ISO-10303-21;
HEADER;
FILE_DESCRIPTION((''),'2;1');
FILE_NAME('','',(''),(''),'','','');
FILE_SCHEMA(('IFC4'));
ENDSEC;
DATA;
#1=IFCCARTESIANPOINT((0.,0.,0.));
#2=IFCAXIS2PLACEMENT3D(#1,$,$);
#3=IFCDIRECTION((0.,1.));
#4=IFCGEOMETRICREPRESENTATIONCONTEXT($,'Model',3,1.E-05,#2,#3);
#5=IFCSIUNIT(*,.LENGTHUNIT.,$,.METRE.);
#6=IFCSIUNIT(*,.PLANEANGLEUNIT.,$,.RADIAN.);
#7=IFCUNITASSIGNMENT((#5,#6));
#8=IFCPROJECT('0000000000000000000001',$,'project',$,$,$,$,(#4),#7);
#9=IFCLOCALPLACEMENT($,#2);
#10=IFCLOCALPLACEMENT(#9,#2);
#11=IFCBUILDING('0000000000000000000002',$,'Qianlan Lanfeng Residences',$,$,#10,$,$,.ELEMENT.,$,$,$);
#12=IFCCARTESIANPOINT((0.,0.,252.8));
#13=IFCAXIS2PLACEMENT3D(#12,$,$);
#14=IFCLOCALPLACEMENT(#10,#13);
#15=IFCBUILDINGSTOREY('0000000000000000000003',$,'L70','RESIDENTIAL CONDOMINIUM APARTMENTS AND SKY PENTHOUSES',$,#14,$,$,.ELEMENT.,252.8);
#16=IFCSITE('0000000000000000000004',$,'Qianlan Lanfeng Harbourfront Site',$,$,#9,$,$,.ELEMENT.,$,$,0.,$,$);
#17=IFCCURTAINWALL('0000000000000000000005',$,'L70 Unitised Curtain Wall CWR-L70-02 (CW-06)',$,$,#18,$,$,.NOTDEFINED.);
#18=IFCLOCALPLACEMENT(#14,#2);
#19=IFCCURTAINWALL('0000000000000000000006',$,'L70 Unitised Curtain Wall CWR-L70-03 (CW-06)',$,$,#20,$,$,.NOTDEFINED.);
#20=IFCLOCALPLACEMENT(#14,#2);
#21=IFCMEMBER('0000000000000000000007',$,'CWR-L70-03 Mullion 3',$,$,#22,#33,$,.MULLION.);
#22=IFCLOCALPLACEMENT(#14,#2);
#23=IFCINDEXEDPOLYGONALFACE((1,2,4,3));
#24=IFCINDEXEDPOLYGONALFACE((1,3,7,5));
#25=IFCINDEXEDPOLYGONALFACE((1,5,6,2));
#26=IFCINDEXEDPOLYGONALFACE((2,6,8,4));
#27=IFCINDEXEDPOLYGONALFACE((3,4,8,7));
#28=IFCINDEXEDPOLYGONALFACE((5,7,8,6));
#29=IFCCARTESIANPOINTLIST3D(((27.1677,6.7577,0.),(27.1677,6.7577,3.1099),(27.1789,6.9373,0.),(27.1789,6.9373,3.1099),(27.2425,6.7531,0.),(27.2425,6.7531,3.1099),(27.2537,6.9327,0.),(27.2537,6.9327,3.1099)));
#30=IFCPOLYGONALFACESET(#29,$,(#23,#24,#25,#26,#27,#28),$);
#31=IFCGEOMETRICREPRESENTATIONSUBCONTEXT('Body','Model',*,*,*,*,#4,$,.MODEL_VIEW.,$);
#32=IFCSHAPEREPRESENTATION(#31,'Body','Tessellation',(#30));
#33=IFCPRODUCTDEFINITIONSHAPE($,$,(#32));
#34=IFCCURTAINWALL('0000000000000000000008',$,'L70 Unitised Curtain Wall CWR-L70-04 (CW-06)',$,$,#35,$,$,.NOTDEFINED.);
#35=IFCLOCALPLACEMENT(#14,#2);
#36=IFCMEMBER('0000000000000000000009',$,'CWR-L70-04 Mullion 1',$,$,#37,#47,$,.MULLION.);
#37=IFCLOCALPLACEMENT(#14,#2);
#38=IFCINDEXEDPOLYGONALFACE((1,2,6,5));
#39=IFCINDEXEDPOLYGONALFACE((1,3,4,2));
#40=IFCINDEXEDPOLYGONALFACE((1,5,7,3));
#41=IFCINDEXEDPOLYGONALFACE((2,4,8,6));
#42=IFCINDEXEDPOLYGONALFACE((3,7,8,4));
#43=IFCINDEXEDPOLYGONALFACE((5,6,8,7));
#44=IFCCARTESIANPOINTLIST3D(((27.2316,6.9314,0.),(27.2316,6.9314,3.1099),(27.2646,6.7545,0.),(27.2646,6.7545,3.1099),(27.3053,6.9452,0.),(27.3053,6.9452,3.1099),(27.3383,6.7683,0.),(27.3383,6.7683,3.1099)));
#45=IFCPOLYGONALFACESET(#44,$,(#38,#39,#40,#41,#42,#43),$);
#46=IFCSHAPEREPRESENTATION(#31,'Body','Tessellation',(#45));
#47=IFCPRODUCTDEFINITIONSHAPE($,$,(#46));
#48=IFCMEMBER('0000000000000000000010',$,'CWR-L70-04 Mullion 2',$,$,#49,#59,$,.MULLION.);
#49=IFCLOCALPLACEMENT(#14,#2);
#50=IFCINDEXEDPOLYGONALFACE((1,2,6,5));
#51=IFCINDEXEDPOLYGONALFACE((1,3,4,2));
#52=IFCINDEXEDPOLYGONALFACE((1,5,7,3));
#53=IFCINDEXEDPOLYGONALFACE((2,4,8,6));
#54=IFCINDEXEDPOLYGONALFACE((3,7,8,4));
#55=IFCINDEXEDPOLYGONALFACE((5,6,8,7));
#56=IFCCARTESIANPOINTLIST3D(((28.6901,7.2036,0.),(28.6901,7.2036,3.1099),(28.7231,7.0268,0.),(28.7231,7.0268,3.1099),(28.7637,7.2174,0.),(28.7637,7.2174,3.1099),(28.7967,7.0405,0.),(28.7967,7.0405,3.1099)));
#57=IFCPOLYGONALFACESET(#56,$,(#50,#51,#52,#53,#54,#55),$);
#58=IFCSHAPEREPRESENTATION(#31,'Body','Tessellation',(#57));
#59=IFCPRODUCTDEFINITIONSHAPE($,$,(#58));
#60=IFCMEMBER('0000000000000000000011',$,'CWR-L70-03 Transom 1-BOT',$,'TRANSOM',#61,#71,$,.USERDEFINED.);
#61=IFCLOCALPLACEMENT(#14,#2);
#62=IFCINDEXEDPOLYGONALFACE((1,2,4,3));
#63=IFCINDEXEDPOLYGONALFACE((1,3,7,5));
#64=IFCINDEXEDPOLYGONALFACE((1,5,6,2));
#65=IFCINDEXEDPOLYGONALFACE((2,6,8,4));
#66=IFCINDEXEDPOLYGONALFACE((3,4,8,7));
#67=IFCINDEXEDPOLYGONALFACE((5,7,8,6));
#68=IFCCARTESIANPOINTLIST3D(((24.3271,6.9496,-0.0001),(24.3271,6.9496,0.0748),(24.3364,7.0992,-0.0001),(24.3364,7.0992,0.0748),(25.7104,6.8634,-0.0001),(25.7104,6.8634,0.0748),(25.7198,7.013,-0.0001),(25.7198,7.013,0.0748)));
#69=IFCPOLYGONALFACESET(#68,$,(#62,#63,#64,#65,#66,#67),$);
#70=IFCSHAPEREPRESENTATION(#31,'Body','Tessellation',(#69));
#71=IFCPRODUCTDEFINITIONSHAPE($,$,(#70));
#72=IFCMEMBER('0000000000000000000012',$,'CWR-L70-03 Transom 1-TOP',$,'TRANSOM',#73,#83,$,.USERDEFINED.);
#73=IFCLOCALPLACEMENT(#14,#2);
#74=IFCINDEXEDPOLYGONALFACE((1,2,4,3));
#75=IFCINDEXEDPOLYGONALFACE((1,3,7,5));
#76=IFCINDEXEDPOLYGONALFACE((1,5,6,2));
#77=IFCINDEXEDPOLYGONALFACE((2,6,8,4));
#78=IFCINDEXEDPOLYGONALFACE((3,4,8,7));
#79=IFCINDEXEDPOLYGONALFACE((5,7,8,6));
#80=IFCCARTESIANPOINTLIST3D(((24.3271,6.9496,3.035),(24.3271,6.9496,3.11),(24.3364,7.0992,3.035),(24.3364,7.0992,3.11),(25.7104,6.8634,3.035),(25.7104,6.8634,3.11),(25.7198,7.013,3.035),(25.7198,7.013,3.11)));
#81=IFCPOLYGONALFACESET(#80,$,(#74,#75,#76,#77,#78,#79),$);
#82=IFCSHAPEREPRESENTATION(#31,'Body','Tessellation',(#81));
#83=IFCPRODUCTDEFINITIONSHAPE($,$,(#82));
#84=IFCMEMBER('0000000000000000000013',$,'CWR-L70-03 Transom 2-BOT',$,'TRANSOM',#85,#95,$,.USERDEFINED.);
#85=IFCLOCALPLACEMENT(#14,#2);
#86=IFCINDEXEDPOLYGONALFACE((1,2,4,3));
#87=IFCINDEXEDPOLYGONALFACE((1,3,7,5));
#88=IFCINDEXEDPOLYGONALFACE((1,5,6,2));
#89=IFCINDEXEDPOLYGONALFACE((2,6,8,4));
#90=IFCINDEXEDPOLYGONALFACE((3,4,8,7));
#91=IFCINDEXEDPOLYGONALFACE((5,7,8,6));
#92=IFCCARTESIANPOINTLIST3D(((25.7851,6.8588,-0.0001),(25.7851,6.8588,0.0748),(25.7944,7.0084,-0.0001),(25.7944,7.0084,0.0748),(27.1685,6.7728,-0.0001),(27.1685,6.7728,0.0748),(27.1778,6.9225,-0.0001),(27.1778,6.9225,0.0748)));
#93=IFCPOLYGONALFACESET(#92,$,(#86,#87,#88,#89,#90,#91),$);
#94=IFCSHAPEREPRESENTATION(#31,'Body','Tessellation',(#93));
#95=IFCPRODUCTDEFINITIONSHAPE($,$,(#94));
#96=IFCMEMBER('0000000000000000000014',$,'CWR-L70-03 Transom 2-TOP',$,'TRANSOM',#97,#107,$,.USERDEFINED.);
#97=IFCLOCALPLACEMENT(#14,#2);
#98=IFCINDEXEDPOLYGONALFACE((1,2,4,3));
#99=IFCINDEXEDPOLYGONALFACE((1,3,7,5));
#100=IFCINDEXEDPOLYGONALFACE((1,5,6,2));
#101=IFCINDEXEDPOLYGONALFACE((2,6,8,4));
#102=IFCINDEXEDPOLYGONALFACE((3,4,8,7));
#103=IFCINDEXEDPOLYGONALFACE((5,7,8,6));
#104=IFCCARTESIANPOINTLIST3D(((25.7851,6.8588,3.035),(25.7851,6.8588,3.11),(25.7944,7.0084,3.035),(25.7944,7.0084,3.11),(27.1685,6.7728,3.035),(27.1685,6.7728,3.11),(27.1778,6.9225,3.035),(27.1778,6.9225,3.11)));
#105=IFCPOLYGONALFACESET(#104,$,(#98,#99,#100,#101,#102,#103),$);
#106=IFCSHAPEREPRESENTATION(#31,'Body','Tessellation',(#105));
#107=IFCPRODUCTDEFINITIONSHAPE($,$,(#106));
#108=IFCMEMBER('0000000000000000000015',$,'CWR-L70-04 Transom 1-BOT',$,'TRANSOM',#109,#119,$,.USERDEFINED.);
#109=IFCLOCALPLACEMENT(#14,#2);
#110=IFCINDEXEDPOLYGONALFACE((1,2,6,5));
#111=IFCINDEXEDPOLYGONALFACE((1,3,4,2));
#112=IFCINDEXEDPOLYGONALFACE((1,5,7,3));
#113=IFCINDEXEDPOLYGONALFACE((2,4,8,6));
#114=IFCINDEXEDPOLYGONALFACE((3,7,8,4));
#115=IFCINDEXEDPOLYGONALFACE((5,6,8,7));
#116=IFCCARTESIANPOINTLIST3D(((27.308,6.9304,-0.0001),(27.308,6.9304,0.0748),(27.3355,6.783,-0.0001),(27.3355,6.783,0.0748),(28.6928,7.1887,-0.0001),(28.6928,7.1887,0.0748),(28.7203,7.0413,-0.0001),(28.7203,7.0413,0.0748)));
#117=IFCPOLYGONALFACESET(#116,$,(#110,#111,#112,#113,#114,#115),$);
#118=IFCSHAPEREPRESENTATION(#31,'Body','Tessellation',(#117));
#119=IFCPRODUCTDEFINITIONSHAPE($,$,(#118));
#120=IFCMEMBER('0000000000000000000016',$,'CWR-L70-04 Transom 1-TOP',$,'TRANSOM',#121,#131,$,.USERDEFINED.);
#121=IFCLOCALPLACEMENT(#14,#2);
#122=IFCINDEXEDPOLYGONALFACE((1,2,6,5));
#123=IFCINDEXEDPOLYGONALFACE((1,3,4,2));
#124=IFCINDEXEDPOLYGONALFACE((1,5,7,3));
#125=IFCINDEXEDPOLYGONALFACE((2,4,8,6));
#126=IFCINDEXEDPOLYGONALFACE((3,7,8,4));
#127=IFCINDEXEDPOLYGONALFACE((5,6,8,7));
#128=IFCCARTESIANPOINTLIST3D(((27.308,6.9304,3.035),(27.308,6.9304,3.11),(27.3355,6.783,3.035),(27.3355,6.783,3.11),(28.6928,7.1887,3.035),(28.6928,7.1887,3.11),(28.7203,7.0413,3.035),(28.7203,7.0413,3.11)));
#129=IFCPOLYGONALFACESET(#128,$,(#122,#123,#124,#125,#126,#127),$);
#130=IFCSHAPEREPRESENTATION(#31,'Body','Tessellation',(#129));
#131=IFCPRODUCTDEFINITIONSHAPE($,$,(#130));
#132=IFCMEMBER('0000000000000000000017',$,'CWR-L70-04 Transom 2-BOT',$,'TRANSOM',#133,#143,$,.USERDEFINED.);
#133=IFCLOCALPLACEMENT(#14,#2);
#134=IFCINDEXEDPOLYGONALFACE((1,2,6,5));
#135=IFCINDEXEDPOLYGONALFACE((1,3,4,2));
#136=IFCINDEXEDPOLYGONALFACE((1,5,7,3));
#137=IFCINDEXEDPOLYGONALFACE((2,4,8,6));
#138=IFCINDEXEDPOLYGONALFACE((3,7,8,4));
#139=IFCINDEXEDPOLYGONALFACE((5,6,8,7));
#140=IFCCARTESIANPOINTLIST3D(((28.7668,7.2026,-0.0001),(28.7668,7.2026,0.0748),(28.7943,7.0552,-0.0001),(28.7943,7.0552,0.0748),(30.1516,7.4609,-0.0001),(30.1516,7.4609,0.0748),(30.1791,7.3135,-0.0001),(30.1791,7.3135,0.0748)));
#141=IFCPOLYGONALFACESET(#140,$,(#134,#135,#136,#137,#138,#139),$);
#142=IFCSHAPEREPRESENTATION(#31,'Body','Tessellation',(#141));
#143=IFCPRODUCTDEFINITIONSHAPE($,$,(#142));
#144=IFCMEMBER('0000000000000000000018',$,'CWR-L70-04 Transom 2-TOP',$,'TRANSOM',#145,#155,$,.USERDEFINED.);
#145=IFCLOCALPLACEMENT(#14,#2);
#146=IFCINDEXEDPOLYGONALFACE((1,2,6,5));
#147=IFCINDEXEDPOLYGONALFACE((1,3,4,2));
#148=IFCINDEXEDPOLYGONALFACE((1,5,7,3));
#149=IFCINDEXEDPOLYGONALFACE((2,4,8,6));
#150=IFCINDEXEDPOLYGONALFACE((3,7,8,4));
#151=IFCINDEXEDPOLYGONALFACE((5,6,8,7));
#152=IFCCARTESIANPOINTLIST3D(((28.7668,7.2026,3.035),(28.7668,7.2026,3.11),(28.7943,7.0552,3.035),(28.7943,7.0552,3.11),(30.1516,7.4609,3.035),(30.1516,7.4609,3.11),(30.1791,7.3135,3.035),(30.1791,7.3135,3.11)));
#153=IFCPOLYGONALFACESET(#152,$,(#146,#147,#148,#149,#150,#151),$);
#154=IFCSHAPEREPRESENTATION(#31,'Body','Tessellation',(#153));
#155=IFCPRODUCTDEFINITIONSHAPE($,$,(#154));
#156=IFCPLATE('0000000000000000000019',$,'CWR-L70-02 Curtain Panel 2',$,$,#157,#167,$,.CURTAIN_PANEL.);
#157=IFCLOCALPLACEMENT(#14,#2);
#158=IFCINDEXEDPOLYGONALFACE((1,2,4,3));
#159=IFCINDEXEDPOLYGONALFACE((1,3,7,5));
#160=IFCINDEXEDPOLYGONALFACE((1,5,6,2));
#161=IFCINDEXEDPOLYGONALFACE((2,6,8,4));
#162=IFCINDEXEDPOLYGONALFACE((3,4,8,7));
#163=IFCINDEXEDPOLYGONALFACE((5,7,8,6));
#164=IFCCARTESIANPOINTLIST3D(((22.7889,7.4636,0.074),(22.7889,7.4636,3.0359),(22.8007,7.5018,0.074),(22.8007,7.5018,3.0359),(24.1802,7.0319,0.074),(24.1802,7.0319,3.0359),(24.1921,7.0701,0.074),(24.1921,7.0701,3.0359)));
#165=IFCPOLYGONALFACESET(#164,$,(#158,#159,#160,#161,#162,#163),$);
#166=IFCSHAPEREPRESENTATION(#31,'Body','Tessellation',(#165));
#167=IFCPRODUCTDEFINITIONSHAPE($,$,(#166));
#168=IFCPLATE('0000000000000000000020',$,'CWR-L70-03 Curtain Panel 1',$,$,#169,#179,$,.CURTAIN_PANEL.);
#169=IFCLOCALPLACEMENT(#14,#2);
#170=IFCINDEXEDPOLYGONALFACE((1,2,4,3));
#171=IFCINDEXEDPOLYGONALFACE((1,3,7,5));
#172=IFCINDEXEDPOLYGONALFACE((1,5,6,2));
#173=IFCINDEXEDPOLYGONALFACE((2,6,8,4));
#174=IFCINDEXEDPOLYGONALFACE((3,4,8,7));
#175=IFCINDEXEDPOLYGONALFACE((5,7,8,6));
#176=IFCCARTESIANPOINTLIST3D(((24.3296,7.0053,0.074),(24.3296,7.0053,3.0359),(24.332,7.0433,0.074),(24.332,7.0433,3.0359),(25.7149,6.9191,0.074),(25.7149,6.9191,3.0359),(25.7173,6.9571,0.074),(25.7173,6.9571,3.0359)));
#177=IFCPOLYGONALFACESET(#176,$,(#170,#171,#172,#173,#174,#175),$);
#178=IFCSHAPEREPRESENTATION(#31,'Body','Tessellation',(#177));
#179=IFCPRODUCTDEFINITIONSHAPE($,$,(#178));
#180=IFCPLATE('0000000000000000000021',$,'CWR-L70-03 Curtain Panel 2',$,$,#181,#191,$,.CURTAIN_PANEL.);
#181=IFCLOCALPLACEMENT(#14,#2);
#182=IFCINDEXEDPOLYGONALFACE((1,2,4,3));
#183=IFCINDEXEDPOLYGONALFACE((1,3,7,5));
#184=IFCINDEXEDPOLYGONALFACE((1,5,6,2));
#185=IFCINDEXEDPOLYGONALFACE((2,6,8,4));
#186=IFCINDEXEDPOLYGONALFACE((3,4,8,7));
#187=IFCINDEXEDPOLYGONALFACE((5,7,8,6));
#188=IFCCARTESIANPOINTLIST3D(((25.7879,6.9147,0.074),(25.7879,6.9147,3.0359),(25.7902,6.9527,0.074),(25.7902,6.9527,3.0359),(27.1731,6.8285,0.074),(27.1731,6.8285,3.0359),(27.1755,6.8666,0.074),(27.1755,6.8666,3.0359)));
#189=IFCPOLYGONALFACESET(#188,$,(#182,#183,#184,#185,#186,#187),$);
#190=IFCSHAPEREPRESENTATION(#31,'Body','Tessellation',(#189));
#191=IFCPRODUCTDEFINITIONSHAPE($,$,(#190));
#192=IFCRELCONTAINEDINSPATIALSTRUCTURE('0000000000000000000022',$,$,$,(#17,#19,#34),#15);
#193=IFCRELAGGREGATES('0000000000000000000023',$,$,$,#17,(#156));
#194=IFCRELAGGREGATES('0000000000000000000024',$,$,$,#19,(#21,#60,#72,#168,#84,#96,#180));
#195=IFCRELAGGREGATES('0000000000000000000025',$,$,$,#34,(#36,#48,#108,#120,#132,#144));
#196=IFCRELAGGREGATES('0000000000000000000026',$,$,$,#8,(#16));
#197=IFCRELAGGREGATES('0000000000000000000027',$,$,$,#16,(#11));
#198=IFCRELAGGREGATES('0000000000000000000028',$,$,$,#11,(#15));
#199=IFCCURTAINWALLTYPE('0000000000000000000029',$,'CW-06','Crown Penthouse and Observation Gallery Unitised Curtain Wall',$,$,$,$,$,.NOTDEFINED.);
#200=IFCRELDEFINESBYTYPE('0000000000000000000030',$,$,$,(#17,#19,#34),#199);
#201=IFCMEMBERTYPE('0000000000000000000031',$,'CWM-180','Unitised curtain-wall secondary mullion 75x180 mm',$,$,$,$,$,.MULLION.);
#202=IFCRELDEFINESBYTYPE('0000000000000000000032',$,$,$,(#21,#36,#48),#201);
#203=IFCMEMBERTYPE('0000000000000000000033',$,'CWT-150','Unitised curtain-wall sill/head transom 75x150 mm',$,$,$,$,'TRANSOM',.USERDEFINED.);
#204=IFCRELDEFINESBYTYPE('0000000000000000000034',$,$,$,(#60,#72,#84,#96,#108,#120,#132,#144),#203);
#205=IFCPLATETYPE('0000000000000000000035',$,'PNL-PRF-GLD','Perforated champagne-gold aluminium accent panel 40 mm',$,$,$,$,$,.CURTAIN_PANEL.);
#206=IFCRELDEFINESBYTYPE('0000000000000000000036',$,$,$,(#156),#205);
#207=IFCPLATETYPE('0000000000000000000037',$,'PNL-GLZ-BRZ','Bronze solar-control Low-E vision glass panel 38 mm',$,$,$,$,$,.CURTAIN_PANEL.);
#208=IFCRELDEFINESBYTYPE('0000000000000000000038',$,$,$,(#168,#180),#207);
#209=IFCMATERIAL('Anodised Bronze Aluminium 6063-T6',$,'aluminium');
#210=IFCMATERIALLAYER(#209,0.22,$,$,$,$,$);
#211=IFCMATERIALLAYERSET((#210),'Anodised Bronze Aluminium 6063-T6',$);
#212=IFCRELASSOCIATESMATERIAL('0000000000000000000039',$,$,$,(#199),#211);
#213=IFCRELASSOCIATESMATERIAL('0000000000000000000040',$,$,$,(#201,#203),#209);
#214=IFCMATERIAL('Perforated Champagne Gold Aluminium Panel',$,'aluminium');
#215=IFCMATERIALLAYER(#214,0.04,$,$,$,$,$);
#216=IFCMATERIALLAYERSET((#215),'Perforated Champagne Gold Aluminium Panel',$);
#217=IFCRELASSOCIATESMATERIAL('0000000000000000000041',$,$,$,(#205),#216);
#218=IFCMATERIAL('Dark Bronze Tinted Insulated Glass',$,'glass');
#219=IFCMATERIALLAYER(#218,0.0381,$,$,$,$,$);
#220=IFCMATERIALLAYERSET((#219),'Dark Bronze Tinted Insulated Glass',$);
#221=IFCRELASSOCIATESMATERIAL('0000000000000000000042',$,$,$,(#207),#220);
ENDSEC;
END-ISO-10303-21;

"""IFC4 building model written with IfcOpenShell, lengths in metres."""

from ifc_helpers import new_model, si_unit, direction, frame, origin, origin_2d, place, context, subcontext, project, spatial, rectangle, extrude, source, transform, mapped, material, layer, layer_set, material_profile, profile_set, type_object, element, aggregate, save


model = new_model("IFC4")

# Units and contexts
model_context = context("Model", 3, precision=1e-05, world=origin(), true_north=direction((0.0, 1.0)))
body_context = subcontext(model_context, "Body", "Model", "MODEL_VIEW")
ifc_project = project(units=[si_unit("LENGTHUNIT", "METRE"), si_unit("PLANEANGLEUNIT", "RADIAN")], contexts=[model_context])

# Site, building, storey
site_placement = place(None, origin())
site = spatial("IfcSite", under=ifc_project, at=site_placement, Name="Qianlan Lanfeng Harbourfront Site", CompositionType="ELEMENT", RefElevation=0.0)
building_placement = place(site_placement, origin())
building = spatial("IfcBuilding", under=site, at=building_placement, Name="Qianlan Lanfeng Residences", CompositionType="ELEMENT")
storey_placement = place(building_placement, frame((0.0, 0.0, 252.8)))
storey = spatial("IfcBuildingStorey", under=building, at=storey_placement, Name="L70", Description="RESIDENTIAL CONDOMINIUM APARTMENTS AND SKY PENTHOUSES", CompositionType="ELEMENT", Elevation=252.8)

# Curtain wall
ifc_material_1 = material(Name="Anodised Bronze Aluminium 6063-T6", Category="aluminium")
ifc_layer_1 = layer(ifc_material_1, 0.22)
ifc_layer_set_1 = layer_set([ifc_layer_1], Name="Anodised Bronze Aluminium 6063-T6")
curtain_wall_type = type_object("IfcCurtainWallType", Name="CW-06", Description="Crown Penthouse and Observation Gallery Unitised Curtain Wall", PredefinedType="NOTDEFINED", material=ifc_layer_set_1)
curtain_wall_1_placement = place(storey_placement, origin())
curtain_wall_1 = element("IfcCurtainWall", 1, at=curtain_wall_1_placement, inside=storey, type_object=curtain_wall_type, Name="L70 Unitised Curtain Wall CWR-L70-02 (CW-06)", PredefinedType="NOTDEFINED")
ifc_material_profile_1 = material_profile(ifc_material_1, rectangle(XDim=0.075, YDim=0.1799, at=origin_2d()), Name="ALU MULLION 75x180")
ifc_profile_set_1 = profile_set([ifc_material_profile_1], Name="Anodised Bronze Aluminium 6063-T6")
member_type_1 = type_object("IfcMemberType", Name="CWM-180", Description="Unitised curtain-wall secondary mullion 75x180 mm", PredefinedType="MULLION", material=ifc_profile_set_1)
shared_shape_1 = source(origin(), body_context, "Body", "SweptSolid", [
    extrude(rectangle(XDim=0.075, YDim=0.1799, at=origin_2d()), origin(), (0.0, 0.0, 1.0), 3.1099),
])

# Curtain walls, members
curtain_wall_2_placement = place(storey_placement, origin())
curtain_wall_2 = element("IfcCurtainWall", 2, at=curtain_wall_2_placement, inside=storey, type_object=curtain_wall_type, Name="L70 Unitised Curtain Wall CWR-L70-03 (CW-06)", PredefinedType="NOTDEFINED")
member_1_placement = place(storey_placement, frame((27.2107, 6.8452, 0.0), z_axis=(0.0, 0.0, 1.0), x_axis=(0.998072, -0.062066, 0.0)))
member_1 = element("IfcMember", 3, at=member_1_placement, type_object=member_type_1, Name="CWR-L70-03 Mullion 3", PredefinedType="MULLION", context=body_context, shape_type="MappedRepresentation", body=[
    mapped(shared_shape_1, transform((0.0, 0.0, 0.0), scale=1.0)),
])
curtain_wall_3_placement = place(storey_placement, origin())
curtain_wall_3 = element("IfcCurtainWall", 4, at=curtain_wall_3_placement, inside=storey, type_object=curtain_wall_type, Name="L70 Unitised Curtain Wall CWR-L70-04 (CW-06)", PredefinedType="NOTDEFINED")
member_2_placement = place(storey_placement, frame((27.2849, 6.8499, 0.0), z_axis=(0.0, 0.0, 1.0), x_axis=(0.983039, 0.183395, 0.0)))
member_2 = element("IfcMember", 5, at=member_2_placement, type_object=member_type_1, Name="CWR-L70-04 Mullion 1", PredefinedType="MULLION", context=body_context, shape_type="MappedRepresentation", body=[
    mapped(shared_shape_1, transform((0.0, 0.0, 0.0), scale=1.0)),
])
member_3_placement = place(storey_placement, frame((28.7434, 7.1221, 0.0), z_axis=(0.0, 0.0, 1.0), x_axis=(0.983039, 0.183395, 0.0)))
member_3 = element("IfcMember", 6, at=member_3_placement, type_object=member_type_1, Name="CWR-L70-04 Mullion 2", PredefinedType="MULLION", context=body_context, shape_type="MappedRepresentation", body=[
    mapped(shared_shape_1, transform((0.0, 0.0, 0.0), scale=1.0)),
])

# Members
ifc_material_profile_2 = material_profile(ifc_material_1, rectangle(XDim=0.075, YDim=0.1499, at=origin_2d()), Name="ALU TRANSOM 75x150")
ifc_profile_set_2 = profile_set([ifc_material_profile_2], Name="Anodised Bronze Aluminium 6063-T6")
member_type_2 = type_object("IfcMemberType", Name="CWT-150", Description="Unitised curtain-wall sill/head transom 75x150 mm", ElementType="TRANSOM", PredefinedType="USERDEFINED", material=ifc_profile_set_2)
shared_shape_2 = source(origin(), body_context, "Body", "SweptSolid", [
    extrude(rectangle(XDim=0.075, YDim=0.1499, at=origin_2d()), origin(), (0.0, 0.0, 1.0), 1.386),
])
member_4_placement = place(storey_placement, frame((24.3318, 7.0244, 0.0374), z_axis=(0.998065, -0.062181, 0.0), x_axis=(0.0, 0.0, 1.0)))
member_4 = element("IfcMember", 7, at=member_4_placement, type_object=member_type_2, Name="CWR-L70-03 Transom 1-BOT", ObjectType="TRANSOM", PredefinedType="USERDEFINED", context=body_context, shape_type="MappedRepresentation", body=[
    mapped(shared_shape_2, transform((0.0, 0.0, 0.0), scale=1.0)),
])
member_5_placement = place(storey_placement, frame((24.3318, 7.0244, 3.0725), z_axis=(0.998065, -0.062181, 0.0), x_axis=(0.0, 0.0, 1.0)))
member_5 = element("IfcMember", 8, at=member_5_placement, type_object=member_type_2, Name="CWR-L70-03 Transom 1-TOP", ObjectType="TRANSOM", PredefinedType="USERDEFINED", context=body_context, shape_type="MappedRepresentation", body=[
    mapped(shared_shape_2, transform((0.0, 0.0, 0.0), scale=1.0)),
])
member_6_placement = place(storey_placement, frame((25.7898, 6.9336, 0.0374), z_axis=(0.998076, -0.062005, 0.0), x_axis=(0.0, 0.0, 1.0)))
member_6 = element("IfcMember", 9, at=member_6_placement, type_object=member_type_2, Name="CWR-L70-03 Transom 2-BOT", ObjectType="TRANSOM", PredefinedType="USERDEFINED", context=body_context, shape_type="MappedRepresentation", body=[
    mapped(shared_shape_2, transform((0.0, 0.0, 0.0), scale=1.0)),
])
member_7_placement = place(storey_placement, frame((25.7898, 6.9336, 3.0725), z_axis=(0.998076, -0.062005, 0.0), x_axis=(0.0, 0.0, 1.0)))
member_7 = element("IfcMember", 10, at=member_7_placement, type_object=member_type_2, Name="CWR-L70-03 Transom 2-TOP", ObjectType="TRANSOM", PredefinedType="USERDEFINED", context=body_context, shape_type="MappedRepresentation", body=[
    mapped(shared_shape_2, transform((0.0, 0.0, 0.0), scale=1.0)),
])
shared_shape_3 = source(origin(), body_context, "Body", "SweptSolid", [
    extrude(rectangle(XDim=0.075, YDim=0.1499, at=origin_2d()), origin(), (0.0, 0.0, 1.0), 1.4087),
])
member_8_placement = place(storey_placement, frame((27.3218, 6.8567, 0.0374), z_axis=(0.983044, 0.183368, 0.0), x_axis=(0.0, 0.0, 1.0)))
member_8 = element("IfcMember", 11, at=member_8_placement, type_object=member_type_2, Name="CWR-L70-04 Transom 1-BOT", ObjectType="TRANSOM", PredefinedType="USERDEFINED", context=body_context, shape_type="MappedRepresentation", body=[
    mapped(shared_shape_3, transform((0.0, 0.0, 0.0), scale=1.0)),
])
member_9_placement = place(storey_placement, frame((27.3218, 6.8567, 3.0725), z_axis=(0.983044, 0.183368, 0.0), x_axis=(0.0, 0.0, 1.0)))
member_9 = element("IfcMember", 12, at=member_9_placement, type_object=member_type_2, Name="CWR-L70-04 Transom 1-TOP", ObjectType="TRANSOM", PredefinedType="USERDEFINED", context=body_context, shape_type="MappedRepresentation", body=[
    mapped(shared_shape_3, transform((0.0, 0.0, 0.0), scale=1.0)),
])
member_10_placement = place(storey_placement, frame((28.7805, 7.1289, 0.0374), z_axis=(0.983044, 0.183368, 0.0), x_axis=(0.0, 0.0, 1.0)))
member_10 = element("IfcMember", 13, at=member_10_placement, type_object=member_type_2, Name="CWR-L70-04 Transom 2-BOT", ObjectType="TRANSOM", PredefinedType="USERDEFINED", context=body_context, shape_type="MappedRepresentation", body=[
    mapped(shared_shape_3, transform((0.0, 0.0, 0.0), scale=1.0)),
])
member_11_placement = place(storey_placement, frame((28.7805, 7.1289, 3.0725), z_axis=(0.983044, 0.183368, 0.0), x_axis=(0.0, 0.0, 1.0)))
member_11 = element("IfcMember", 14, at=member_11_placement, type_object=member_type_2, Name="CWR-L70-04 Transom 2-TOP", ObjectType="TRANSOM", PredefinedType="USERDEFINED", context=body_context, shape_type="MappedRepresentation", body=[
    mapped(shared_shape_3, transform((0.0, 0.0, 0.0), scale=1.0)),
])

# Plates
ifc_material_2 = material(Name="Perforated Champagne Gold Aluminium Panel", Category="aluminium")
ifc_layer_2 = layer(ifc_material_2, 0.04)
ifc_layer_set_2 = layer_set([ifc_layer_2], Name="Perforated Champagne Gold Aluminium Panel")
plate_type_1 = type_object("IfcPlateType", Name="PNL-PRF-GLD", Description="Perforated champagne-gold aluminium accent panel 40 mm", PredefinedType="CURTAIN_PANEL", material=ifc_layer_set_2)
shared_shape_4 = source(origin(), body_context, "Body", "SweptSolid", [
    extrude(rectangle(XDim=1.4568, YDim=0.04, at=origin_2d()), origin(), (0.0, 0.0, 1.0), 2.9619),
])
plate_1_placement = place(storey_placement, frame((23.4905, 7.2668, 0.074), z_axis=(0.0, 0.0, 1.0), x_axis=(0.95508, -0.296348, 0.0)))
plate_1 = element("IfcPlate", 15, at=plate_1_placement, type_object=plate_type_1, Name="CWR-L70-02 Curtain Panel 2", PredefinedType="CURTAIN_PANEL", context=body_context, shape_type="MappedRepresentation", body=[
    mapped(shared_shape_4, transform((0.0, 0.0, 0.0), scale=1.0)),
])
aggregate(curtain_wall_1, [plate_1])
ifc_material_3 = material(Name="Dark Bronze Tinted Insulated Glass", Category="glass")
ifc_layer_3 = layer(ifc_material_3, 0.0381)
ifc_layer_set_3 = layer_set([ifc_layer_3], Name="Dark Bronze Tinted Insulated Glass")
plate_type_2 = type_object("IfcPlateType", Name="PNL-GLZ-BRZ", Description="Bronze solar-control Low-E vision glass panel 38 mm", PredefinedType="CURTAIN_PANEL", material=ifc_layer_set_3)
shared_shape_5 = source(origin(), body_context, "Body", "SweptSolid", [
    extrude(rectangle(XDim=1.3879, YDim=0.0381, at=origin_2d()), origin(), (0.0, 0.0, 1.0), 2.9619),
])
plate_2_placement = place(storey_placement, frame((25.0234, 6.9812, 0.074), z_axis=(0.0, 0.0, 1.0), x_axis=(0.998072, -0.062066, 0.0)))
plate_2 = element("IfcPlate", 16, at=plate_2_placement, type_object=plate_type_2, Name="CWR-L70-03 Curtain Panel 1", PredefinedType="CURTAIN_PANEL", context=body_context, shape_type="MappedRepresentation", body=[
    mapped(shared_shape_5, transform((0.0, 0.0, 0.0), scale=1.0)),
])
plate_3_placement = place(storey_placement, frame((26.4817, 6.8906, 0.074), z_axis=(0.0, 0.0, 1.0), x_axis=(0.998072, -0.062066, 0.0)))
plate_3 = element("IfcPlate", 17, at=plate_3_placement, type_object=plate_type_2, Name="CWR-L70-03 Curtain Panel 2", PredefinedType="CURTAIN_PANEL", context=body_context, shape_type="MappedRepresentation", body=[
    mapped(shared_shape_5, transform((0.0, 0.0, 0.0), scale=1.0)),
])
aggregate(curtain_wall_2, [member_1, member_4, member_5, plate_2, member_6, member_7, plate_3])
aggregate(curtain_wall_3, [member_2, member_3, member_8, member_9, member_10, member_11])

save(model, "model.ifc")
